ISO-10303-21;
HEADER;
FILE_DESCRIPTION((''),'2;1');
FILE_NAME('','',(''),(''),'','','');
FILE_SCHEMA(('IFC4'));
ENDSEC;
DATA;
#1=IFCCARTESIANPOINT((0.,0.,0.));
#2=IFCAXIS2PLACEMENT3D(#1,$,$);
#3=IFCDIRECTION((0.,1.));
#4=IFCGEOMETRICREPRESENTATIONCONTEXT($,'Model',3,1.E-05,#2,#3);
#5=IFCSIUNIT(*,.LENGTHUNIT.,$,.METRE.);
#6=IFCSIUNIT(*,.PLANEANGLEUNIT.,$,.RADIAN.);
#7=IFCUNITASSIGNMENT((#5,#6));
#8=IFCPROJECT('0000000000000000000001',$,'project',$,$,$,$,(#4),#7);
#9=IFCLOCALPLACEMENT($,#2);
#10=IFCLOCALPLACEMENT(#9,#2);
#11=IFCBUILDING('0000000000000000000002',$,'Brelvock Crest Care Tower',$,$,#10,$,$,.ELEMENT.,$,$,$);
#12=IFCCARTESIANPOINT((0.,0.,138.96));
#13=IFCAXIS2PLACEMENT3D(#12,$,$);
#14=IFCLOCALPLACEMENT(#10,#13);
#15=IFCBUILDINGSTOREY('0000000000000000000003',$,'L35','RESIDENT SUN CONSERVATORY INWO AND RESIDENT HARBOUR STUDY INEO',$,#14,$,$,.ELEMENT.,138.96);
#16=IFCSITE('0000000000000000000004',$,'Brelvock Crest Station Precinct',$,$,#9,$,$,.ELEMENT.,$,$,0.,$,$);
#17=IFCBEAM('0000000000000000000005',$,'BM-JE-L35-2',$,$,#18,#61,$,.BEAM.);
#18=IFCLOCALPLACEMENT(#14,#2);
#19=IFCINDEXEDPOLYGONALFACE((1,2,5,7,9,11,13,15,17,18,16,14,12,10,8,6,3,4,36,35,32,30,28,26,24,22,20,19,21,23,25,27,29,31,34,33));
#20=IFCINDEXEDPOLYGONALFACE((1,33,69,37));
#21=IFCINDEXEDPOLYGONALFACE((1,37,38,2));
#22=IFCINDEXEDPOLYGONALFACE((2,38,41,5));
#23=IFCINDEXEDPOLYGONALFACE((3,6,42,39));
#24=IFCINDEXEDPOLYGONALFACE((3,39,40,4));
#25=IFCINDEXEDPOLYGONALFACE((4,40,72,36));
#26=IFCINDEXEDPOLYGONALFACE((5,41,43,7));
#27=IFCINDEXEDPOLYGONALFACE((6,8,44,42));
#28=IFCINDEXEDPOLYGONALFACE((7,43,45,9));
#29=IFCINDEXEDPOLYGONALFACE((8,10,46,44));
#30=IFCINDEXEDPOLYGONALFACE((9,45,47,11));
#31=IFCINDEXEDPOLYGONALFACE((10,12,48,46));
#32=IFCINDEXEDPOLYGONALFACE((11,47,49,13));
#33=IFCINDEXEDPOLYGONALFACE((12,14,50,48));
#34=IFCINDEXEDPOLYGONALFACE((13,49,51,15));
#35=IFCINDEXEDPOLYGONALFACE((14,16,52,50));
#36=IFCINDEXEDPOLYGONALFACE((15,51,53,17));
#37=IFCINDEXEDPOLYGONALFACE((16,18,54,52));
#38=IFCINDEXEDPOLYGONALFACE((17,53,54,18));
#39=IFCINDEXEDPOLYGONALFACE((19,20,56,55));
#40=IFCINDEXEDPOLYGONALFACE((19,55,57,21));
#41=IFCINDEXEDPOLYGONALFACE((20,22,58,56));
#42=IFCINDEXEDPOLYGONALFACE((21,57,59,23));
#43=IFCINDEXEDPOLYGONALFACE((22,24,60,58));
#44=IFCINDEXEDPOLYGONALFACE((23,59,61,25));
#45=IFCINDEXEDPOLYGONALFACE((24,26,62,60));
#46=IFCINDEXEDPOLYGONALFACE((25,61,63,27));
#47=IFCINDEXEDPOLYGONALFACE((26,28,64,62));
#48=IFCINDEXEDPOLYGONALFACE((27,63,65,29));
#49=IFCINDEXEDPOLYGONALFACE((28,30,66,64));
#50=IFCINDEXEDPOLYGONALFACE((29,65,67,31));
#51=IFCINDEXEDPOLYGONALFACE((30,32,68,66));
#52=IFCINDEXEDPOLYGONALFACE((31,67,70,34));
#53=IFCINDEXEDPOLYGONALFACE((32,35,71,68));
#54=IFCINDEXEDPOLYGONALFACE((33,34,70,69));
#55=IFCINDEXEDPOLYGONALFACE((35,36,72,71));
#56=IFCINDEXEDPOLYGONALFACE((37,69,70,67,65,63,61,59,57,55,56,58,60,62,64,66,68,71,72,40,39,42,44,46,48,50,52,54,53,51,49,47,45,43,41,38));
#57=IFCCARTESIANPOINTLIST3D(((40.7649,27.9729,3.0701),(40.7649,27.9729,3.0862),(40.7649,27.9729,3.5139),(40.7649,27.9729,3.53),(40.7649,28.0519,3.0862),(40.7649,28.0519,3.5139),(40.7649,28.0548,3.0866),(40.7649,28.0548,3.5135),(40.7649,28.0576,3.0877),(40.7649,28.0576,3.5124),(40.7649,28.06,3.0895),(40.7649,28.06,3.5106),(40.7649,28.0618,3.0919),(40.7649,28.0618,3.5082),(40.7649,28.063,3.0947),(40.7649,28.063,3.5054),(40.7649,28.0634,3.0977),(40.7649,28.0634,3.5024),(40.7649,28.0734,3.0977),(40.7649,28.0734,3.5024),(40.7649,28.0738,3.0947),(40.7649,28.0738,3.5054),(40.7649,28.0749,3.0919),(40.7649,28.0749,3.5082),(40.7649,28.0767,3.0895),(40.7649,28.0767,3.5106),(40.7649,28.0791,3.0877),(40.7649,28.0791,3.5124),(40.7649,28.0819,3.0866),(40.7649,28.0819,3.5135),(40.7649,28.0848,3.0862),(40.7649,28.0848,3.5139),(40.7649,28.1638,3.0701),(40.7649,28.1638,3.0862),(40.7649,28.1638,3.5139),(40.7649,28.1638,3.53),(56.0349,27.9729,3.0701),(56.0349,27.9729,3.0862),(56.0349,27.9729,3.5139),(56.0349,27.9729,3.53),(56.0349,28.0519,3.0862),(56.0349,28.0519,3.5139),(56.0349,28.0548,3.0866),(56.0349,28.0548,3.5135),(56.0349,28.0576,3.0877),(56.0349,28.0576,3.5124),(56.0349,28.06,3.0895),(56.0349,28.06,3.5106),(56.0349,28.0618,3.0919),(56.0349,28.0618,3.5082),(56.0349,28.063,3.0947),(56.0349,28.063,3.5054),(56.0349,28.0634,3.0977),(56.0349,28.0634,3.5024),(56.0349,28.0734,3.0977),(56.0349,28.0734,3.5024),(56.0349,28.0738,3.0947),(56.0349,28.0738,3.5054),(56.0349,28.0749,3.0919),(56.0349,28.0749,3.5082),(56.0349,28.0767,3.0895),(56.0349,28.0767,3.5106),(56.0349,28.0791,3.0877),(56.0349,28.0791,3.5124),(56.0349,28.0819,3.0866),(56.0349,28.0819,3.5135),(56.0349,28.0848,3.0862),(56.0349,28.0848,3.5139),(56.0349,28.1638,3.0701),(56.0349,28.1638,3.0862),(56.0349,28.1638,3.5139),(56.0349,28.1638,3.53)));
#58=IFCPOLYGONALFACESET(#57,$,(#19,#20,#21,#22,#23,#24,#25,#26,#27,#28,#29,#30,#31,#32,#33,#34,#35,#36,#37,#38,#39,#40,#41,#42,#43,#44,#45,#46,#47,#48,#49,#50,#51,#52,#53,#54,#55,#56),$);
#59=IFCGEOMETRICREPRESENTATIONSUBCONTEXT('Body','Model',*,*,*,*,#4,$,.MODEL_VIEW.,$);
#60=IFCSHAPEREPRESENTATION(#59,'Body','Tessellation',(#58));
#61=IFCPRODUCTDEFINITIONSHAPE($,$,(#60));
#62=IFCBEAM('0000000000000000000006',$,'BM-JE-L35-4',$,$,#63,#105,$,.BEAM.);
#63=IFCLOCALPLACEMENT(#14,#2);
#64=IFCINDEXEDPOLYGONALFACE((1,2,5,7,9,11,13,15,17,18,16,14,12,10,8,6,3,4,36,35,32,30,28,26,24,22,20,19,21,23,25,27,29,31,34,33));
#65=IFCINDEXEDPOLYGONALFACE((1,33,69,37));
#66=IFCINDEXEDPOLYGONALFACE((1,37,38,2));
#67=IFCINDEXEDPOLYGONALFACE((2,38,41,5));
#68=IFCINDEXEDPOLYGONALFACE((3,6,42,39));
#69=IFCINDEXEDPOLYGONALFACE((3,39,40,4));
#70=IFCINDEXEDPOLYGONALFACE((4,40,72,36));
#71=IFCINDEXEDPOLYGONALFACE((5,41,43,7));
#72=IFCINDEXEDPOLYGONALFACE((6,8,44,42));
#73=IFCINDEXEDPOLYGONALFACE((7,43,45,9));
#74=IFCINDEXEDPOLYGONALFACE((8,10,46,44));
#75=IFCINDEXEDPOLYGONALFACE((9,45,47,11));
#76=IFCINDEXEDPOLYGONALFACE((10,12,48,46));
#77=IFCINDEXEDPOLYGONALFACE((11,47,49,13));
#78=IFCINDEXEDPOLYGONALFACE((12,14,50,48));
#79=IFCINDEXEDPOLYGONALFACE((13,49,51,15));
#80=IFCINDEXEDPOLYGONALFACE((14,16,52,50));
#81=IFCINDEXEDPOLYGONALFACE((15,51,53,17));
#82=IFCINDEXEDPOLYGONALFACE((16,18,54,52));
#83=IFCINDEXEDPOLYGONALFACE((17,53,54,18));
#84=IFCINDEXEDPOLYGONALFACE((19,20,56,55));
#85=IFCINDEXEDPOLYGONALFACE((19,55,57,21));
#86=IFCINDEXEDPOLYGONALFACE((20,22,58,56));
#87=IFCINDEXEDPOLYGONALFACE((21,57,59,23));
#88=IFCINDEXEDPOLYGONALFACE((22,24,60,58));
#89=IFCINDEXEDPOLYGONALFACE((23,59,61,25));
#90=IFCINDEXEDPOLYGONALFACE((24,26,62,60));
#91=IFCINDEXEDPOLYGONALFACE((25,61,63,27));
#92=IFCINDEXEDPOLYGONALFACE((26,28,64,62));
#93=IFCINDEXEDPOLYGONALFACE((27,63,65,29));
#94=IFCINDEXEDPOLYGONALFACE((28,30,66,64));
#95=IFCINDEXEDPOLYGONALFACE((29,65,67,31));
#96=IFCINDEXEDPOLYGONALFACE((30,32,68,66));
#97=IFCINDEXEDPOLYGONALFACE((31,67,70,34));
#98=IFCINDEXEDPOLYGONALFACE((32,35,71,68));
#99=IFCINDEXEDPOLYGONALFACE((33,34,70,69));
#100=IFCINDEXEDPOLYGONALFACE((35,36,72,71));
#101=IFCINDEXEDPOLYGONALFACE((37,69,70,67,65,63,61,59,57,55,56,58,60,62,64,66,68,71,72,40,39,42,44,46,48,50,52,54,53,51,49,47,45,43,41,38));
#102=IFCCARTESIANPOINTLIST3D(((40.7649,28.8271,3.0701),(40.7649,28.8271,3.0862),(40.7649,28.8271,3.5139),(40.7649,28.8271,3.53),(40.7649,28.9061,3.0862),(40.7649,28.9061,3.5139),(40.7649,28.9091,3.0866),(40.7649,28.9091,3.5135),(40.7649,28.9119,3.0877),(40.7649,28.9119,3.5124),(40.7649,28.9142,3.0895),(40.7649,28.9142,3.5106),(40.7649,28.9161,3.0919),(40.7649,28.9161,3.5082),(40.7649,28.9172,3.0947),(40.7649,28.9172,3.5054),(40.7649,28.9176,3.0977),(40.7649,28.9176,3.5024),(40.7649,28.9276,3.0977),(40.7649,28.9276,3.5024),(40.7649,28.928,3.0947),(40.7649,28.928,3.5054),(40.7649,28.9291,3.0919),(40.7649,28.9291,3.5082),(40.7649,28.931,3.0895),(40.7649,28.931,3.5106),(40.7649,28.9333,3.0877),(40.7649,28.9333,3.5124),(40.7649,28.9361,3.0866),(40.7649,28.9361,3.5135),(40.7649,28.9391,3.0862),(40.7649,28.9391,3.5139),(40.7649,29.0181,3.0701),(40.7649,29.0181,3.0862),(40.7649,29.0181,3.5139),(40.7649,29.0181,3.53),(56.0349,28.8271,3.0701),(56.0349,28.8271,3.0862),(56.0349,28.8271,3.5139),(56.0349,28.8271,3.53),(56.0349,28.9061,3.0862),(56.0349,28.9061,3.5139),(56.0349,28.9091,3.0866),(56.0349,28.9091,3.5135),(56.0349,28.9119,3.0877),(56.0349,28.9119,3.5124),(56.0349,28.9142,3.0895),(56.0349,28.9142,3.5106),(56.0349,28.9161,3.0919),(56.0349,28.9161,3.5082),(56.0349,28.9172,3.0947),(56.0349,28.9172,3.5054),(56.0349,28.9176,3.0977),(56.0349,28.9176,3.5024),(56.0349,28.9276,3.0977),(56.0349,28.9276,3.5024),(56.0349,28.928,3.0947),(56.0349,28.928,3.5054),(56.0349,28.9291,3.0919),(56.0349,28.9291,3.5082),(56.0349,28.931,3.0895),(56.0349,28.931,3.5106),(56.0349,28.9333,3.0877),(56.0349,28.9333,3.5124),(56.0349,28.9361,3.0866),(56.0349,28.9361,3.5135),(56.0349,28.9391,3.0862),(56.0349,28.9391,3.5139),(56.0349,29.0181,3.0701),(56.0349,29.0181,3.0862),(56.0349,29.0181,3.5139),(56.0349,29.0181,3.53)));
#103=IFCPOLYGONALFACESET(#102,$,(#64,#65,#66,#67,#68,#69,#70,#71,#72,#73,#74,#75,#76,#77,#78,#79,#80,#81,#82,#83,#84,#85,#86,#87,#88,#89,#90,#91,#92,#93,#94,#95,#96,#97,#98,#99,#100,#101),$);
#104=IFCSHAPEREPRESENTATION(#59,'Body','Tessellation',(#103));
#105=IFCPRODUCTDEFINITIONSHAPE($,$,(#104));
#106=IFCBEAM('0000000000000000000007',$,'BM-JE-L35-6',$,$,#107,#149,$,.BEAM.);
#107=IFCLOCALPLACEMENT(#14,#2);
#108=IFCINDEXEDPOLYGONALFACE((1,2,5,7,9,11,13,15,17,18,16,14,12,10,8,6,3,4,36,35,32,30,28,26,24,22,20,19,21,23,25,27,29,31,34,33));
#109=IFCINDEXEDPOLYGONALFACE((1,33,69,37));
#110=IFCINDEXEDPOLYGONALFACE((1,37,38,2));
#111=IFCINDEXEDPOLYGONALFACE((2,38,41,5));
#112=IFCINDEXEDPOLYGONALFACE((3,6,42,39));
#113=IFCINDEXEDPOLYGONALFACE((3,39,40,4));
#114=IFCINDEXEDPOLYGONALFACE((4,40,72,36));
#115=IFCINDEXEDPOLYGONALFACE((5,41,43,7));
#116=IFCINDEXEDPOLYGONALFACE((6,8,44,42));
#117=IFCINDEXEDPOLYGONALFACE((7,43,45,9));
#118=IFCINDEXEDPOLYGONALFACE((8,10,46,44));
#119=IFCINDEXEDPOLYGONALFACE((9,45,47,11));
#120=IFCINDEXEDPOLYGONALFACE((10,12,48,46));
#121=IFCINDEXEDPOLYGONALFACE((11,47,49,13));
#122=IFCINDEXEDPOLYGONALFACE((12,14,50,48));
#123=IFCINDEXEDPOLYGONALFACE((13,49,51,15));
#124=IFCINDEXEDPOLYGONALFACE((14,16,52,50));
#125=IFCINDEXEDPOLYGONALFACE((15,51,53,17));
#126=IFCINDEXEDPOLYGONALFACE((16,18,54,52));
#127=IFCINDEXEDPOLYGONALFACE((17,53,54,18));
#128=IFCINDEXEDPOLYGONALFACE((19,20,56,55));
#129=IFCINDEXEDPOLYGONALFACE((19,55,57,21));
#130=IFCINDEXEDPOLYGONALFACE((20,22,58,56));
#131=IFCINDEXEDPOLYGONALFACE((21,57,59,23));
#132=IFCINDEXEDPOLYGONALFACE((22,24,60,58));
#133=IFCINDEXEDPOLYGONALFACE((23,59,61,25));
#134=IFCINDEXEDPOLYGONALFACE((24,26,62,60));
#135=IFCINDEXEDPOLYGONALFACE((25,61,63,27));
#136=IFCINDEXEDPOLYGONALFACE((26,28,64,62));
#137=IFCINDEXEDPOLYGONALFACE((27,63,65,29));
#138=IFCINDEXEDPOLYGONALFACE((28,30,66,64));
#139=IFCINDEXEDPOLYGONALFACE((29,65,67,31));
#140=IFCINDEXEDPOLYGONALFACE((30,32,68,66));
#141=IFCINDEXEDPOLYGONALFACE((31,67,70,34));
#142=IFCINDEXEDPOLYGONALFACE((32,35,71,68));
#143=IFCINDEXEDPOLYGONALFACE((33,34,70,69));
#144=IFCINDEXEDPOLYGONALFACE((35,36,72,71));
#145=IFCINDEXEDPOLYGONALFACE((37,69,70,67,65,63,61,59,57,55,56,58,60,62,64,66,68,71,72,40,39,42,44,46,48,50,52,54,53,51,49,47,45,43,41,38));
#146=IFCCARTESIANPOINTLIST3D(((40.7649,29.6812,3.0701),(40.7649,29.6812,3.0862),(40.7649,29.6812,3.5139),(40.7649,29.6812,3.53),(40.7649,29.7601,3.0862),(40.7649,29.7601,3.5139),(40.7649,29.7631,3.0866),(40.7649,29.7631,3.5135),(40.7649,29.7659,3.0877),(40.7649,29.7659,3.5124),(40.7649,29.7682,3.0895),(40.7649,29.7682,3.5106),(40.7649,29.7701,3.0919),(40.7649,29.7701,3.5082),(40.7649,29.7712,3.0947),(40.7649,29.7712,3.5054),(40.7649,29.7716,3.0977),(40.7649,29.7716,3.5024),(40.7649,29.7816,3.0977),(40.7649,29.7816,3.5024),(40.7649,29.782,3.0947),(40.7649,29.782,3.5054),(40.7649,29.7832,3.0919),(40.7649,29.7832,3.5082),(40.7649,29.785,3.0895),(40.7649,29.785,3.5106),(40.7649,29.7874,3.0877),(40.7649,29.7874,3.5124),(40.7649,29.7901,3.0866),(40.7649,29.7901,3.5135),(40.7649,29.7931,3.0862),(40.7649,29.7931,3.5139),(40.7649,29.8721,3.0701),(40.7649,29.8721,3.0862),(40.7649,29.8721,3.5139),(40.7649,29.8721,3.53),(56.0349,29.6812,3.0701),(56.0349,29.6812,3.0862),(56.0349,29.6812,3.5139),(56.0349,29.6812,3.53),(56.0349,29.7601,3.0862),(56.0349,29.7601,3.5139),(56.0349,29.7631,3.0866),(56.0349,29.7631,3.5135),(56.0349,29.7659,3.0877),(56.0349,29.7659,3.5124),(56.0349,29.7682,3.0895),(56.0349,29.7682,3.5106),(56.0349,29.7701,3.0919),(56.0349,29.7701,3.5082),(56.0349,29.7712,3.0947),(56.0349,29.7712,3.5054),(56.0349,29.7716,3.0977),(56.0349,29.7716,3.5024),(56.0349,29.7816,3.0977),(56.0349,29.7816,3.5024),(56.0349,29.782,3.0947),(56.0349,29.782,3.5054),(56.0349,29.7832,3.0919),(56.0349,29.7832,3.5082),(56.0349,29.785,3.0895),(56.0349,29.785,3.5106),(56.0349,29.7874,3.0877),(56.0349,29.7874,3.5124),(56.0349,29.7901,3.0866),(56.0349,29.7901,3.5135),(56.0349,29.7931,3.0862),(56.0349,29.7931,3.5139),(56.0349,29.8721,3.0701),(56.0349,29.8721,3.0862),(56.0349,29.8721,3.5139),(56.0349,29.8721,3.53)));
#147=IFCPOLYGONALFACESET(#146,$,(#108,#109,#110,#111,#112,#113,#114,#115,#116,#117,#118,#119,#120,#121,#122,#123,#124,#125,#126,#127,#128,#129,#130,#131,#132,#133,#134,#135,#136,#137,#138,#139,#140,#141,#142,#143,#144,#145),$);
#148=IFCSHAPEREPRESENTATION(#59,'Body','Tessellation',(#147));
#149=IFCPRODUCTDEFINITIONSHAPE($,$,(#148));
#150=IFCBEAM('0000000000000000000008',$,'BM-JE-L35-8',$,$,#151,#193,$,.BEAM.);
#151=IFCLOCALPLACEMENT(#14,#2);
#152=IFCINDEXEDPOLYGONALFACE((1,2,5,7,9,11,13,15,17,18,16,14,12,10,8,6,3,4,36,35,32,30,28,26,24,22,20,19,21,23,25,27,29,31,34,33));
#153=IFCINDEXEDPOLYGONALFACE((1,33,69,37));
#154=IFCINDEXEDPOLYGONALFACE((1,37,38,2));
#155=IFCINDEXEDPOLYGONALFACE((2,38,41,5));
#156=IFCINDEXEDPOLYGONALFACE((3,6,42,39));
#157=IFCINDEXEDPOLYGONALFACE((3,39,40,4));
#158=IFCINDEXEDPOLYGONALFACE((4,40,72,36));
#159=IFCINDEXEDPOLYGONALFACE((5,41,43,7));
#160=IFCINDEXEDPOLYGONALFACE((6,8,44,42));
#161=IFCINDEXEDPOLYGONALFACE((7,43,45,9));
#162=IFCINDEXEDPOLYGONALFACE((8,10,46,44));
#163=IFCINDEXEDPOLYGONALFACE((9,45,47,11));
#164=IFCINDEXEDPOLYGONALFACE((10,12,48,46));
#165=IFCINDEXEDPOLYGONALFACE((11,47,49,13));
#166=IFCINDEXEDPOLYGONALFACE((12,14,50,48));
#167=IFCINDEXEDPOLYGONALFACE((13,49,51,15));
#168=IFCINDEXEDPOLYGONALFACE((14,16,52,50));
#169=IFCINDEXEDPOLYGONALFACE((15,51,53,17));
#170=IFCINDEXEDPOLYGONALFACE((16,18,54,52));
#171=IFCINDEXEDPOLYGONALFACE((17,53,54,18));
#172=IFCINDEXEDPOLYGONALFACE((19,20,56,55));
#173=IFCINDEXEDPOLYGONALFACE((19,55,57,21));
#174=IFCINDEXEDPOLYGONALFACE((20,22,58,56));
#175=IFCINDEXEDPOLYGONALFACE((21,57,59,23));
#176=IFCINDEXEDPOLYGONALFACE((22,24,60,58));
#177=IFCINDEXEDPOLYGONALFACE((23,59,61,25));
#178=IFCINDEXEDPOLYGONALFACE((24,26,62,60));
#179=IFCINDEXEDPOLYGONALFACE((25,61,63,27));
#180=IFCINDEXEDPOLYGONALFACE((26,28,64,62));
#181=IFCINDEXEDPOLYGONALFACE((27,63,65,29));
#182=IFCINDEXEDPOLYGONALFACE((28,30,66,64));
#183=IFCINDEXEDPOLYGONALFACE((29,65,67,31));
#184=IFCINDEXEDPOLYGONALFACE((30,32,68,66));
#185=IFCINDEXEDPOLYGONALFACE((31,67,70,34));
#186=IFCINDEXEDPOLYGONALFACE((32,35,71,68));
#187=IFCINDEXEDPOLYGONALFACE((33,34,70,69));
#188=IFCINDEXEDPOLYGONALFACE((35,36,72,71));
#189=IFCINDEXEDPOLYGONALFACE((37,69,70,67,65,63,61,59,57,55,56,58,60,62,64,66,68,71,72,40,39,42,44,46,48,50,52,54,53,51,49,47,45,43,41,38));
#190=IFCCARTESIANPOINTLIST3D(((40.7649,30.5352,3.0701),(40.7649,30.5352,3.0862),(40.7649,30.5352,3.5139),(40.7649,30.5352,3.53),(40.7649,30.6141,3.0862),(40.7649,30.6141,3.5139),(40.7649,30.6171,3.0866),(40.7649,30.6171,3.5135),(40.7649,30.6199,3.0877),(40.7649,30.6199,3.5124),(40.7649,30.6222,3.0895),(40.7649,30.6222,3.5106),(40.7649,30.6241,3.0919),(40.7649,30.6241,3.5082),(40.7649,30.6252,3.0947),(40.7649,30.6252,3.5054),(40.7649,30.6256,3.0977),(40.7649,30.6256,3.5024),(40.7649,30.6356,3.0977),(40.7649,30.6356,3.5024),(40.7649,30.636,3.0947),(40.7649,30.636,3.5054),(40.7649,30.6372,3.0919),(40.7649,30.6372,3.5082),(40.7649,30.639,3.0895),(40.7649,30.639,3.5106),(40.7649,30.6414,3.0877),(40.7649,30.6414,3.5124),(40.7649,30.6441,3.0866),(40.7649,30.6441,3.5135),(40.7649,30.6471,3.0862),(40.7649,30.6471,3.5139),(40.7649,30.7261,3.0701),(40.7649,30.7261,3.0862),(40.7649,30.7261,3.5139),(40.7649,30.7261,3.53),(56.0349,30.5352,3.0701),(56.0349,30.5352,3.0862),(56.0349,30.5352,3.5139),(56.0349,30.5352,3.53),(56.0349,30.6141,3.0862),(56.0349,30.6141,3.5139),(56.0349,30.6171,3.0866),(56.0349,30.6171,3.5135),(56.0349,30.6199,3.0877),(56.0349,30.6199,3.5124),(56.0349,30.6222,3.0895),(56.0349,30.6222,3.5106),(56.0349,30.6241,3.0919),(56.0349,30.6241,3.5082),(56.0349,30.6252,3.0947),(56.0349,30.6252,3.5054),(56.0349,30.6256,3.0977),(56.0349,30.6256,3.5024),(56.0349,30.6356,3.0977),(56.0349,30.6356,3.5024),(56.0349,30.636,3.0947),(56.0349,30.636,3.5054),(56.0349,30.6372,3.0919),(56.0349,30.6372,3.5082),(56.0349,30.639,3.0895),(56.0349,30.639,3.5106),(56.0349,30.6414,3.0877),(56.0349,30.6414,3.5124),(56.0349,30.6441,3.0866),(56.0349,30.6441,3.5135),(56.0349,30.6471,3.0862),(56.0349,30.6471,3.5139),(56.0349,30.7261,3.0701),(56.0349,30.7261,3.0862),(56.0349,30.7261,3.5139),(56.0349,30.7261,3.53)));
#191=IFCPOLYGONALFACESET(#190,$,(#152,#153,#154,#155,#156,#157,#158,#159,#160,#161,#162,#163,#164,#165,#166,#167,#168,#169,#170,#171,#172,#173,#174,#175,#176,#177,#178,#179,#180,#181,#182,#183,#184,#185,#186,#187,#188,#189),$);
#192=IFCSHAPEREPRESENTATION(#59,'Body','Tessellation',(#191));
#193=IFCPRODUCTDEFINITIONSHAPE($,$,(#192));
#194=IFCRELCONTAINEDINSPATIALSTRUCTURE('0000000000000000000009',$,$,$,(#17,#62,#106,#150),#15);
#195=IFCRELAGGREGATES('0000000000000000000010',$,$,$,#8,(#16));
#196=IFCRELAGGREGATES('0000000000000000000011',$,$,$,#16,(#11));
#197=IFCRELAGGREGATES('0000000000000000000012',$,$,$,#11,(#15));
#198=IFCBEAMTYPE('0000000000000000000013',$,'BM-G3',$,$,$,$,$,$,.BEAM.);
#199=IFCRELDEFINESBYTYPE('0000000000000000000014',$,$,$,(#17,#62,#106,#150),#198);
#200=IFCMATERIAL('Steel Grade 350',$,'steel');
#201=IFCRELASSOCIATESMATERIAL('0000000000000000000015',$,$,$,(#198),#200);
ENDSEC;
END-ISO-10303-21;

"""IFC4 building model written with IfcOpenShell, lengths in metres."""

from ifc_helpers import new_model, si_unit, direction, frame, origin, origin_2d, place, context, subcontext, project, spatial, i_section, extrude, source, transform, mapped, material, material_profile, profile_set, type_object, element, save


model = new_model("IFC4")

# Units and contexts
model_context = context("Model", 3, precision=1e-05, world=origin(), true_north=direction((0.0, 1.0)))
body_context = subcontext(model_context, "Body", "Model", "MODEL_VIEW")
ifc_project = project(units=[si_unit("LENGTHUNIT", "METRE"), si_unit("PLANEANGLEUNIT", "RADIAN")], contexts=[model_context])

# Site, building, storey
site_placement = place(None, origin())
site = spatial("IfcSite", under=ifc_project, at=site_placement, Name="Brelvock Crest Station Precinct", CompositionType="ELEMENT", RefElevation=0.0)
building_placement = place(site_placement, origin())
building = spatial("IfcBuilding", under=site, at=building_placement, Name="Brelvock Crest Care Tower", CompositionType="ELEMENT")
storey_placement = place(building_placement, frame((0.0, 0.0, 138.96)))
storey = spatial("IfcBuildingStorey", under=building, at=storey_placement, Name="L35", Description="RESIDENT SUN CONSERVATORY INWO AND RESIDENT HARBOUR STUDY INEO", CompositionType="ELEMENT", Elevation=138.96)

# Shared definitions
ifc_material_1 = material(Name="Steel Grade 350", Category="steel")

# Beams
ifc_material_profile_1 = material_profile(ifc_material_1, i_section(OverallWidth=0.1909, OverallDepth=0.46, WebThickness=0.01, FlangeThickness=0.0161, FilletRadius=0.0115, at=origin_2d()), Name="460UB82.1")
ifc_profile_set_1 = profile_set([ifc_material_profile_1], Name="Steel Grade 350")
beam_type_1 = type_object("IfcBeamType", Name="BM-G3", PredefinedType="BEAM", material=ifc_profile_set_1)
shared_shape_1 = source(origin(), body_context, "Body", "SweptSolid", [
    extrude(i_section(OverallWidth=0.1909, OverallDepth=0.46, WebThickness=0.01, FlangeThickness=0.0161, FilletRadius=0.0115, at=origin_2d()), origin(), (0.0, 0.0, 1.0), 15.27),
])
for number, where, z_axis, x_axis, name in (
    (1, (40.7649, 28.0684, 3.3), (1.0, 0.0, 0.0), (0.0, 1.0, 0.0), "BM-JE-L35-2"),
    (2, (40.7649, 28.9226, 3.3), (1.0, 0.0, 0.0), (0.0, 1.0, 0.0), "BM-JE-L35-4"),
    (3, (40.7649, 29.7766, 3.3), (1.0, 0.0, 0.0), (0.0, 1.0, 0.0), "BM-JE-L35-6"),
    (4, (40.7649, 30.6306, 3.3), (1.0, 0.0, 0.0), (0.0, 1.0, 0.0), "BM-JE-L35-8"),
):
    element("IfcBeam", number, at=place(storey_placement, frame(where, z_axis=z_axis, x_axis=x_axis)), inside=storey, type_object=beam_type_1, Name=name, PredefinedType="BEAM", context=body_context, shape_type="MappedRepresentation", body=[
        mapped(shared_shape_1, transform((0.0, 0.0, 0.0), x_axis=(1.0, 0.0, 0.0), y_axis=(0.0, 1.0, 0.0), z_axis=(0.0, 0.0, 1.0), scale=1.0)),
    ])

save(model, "model.ifc")
